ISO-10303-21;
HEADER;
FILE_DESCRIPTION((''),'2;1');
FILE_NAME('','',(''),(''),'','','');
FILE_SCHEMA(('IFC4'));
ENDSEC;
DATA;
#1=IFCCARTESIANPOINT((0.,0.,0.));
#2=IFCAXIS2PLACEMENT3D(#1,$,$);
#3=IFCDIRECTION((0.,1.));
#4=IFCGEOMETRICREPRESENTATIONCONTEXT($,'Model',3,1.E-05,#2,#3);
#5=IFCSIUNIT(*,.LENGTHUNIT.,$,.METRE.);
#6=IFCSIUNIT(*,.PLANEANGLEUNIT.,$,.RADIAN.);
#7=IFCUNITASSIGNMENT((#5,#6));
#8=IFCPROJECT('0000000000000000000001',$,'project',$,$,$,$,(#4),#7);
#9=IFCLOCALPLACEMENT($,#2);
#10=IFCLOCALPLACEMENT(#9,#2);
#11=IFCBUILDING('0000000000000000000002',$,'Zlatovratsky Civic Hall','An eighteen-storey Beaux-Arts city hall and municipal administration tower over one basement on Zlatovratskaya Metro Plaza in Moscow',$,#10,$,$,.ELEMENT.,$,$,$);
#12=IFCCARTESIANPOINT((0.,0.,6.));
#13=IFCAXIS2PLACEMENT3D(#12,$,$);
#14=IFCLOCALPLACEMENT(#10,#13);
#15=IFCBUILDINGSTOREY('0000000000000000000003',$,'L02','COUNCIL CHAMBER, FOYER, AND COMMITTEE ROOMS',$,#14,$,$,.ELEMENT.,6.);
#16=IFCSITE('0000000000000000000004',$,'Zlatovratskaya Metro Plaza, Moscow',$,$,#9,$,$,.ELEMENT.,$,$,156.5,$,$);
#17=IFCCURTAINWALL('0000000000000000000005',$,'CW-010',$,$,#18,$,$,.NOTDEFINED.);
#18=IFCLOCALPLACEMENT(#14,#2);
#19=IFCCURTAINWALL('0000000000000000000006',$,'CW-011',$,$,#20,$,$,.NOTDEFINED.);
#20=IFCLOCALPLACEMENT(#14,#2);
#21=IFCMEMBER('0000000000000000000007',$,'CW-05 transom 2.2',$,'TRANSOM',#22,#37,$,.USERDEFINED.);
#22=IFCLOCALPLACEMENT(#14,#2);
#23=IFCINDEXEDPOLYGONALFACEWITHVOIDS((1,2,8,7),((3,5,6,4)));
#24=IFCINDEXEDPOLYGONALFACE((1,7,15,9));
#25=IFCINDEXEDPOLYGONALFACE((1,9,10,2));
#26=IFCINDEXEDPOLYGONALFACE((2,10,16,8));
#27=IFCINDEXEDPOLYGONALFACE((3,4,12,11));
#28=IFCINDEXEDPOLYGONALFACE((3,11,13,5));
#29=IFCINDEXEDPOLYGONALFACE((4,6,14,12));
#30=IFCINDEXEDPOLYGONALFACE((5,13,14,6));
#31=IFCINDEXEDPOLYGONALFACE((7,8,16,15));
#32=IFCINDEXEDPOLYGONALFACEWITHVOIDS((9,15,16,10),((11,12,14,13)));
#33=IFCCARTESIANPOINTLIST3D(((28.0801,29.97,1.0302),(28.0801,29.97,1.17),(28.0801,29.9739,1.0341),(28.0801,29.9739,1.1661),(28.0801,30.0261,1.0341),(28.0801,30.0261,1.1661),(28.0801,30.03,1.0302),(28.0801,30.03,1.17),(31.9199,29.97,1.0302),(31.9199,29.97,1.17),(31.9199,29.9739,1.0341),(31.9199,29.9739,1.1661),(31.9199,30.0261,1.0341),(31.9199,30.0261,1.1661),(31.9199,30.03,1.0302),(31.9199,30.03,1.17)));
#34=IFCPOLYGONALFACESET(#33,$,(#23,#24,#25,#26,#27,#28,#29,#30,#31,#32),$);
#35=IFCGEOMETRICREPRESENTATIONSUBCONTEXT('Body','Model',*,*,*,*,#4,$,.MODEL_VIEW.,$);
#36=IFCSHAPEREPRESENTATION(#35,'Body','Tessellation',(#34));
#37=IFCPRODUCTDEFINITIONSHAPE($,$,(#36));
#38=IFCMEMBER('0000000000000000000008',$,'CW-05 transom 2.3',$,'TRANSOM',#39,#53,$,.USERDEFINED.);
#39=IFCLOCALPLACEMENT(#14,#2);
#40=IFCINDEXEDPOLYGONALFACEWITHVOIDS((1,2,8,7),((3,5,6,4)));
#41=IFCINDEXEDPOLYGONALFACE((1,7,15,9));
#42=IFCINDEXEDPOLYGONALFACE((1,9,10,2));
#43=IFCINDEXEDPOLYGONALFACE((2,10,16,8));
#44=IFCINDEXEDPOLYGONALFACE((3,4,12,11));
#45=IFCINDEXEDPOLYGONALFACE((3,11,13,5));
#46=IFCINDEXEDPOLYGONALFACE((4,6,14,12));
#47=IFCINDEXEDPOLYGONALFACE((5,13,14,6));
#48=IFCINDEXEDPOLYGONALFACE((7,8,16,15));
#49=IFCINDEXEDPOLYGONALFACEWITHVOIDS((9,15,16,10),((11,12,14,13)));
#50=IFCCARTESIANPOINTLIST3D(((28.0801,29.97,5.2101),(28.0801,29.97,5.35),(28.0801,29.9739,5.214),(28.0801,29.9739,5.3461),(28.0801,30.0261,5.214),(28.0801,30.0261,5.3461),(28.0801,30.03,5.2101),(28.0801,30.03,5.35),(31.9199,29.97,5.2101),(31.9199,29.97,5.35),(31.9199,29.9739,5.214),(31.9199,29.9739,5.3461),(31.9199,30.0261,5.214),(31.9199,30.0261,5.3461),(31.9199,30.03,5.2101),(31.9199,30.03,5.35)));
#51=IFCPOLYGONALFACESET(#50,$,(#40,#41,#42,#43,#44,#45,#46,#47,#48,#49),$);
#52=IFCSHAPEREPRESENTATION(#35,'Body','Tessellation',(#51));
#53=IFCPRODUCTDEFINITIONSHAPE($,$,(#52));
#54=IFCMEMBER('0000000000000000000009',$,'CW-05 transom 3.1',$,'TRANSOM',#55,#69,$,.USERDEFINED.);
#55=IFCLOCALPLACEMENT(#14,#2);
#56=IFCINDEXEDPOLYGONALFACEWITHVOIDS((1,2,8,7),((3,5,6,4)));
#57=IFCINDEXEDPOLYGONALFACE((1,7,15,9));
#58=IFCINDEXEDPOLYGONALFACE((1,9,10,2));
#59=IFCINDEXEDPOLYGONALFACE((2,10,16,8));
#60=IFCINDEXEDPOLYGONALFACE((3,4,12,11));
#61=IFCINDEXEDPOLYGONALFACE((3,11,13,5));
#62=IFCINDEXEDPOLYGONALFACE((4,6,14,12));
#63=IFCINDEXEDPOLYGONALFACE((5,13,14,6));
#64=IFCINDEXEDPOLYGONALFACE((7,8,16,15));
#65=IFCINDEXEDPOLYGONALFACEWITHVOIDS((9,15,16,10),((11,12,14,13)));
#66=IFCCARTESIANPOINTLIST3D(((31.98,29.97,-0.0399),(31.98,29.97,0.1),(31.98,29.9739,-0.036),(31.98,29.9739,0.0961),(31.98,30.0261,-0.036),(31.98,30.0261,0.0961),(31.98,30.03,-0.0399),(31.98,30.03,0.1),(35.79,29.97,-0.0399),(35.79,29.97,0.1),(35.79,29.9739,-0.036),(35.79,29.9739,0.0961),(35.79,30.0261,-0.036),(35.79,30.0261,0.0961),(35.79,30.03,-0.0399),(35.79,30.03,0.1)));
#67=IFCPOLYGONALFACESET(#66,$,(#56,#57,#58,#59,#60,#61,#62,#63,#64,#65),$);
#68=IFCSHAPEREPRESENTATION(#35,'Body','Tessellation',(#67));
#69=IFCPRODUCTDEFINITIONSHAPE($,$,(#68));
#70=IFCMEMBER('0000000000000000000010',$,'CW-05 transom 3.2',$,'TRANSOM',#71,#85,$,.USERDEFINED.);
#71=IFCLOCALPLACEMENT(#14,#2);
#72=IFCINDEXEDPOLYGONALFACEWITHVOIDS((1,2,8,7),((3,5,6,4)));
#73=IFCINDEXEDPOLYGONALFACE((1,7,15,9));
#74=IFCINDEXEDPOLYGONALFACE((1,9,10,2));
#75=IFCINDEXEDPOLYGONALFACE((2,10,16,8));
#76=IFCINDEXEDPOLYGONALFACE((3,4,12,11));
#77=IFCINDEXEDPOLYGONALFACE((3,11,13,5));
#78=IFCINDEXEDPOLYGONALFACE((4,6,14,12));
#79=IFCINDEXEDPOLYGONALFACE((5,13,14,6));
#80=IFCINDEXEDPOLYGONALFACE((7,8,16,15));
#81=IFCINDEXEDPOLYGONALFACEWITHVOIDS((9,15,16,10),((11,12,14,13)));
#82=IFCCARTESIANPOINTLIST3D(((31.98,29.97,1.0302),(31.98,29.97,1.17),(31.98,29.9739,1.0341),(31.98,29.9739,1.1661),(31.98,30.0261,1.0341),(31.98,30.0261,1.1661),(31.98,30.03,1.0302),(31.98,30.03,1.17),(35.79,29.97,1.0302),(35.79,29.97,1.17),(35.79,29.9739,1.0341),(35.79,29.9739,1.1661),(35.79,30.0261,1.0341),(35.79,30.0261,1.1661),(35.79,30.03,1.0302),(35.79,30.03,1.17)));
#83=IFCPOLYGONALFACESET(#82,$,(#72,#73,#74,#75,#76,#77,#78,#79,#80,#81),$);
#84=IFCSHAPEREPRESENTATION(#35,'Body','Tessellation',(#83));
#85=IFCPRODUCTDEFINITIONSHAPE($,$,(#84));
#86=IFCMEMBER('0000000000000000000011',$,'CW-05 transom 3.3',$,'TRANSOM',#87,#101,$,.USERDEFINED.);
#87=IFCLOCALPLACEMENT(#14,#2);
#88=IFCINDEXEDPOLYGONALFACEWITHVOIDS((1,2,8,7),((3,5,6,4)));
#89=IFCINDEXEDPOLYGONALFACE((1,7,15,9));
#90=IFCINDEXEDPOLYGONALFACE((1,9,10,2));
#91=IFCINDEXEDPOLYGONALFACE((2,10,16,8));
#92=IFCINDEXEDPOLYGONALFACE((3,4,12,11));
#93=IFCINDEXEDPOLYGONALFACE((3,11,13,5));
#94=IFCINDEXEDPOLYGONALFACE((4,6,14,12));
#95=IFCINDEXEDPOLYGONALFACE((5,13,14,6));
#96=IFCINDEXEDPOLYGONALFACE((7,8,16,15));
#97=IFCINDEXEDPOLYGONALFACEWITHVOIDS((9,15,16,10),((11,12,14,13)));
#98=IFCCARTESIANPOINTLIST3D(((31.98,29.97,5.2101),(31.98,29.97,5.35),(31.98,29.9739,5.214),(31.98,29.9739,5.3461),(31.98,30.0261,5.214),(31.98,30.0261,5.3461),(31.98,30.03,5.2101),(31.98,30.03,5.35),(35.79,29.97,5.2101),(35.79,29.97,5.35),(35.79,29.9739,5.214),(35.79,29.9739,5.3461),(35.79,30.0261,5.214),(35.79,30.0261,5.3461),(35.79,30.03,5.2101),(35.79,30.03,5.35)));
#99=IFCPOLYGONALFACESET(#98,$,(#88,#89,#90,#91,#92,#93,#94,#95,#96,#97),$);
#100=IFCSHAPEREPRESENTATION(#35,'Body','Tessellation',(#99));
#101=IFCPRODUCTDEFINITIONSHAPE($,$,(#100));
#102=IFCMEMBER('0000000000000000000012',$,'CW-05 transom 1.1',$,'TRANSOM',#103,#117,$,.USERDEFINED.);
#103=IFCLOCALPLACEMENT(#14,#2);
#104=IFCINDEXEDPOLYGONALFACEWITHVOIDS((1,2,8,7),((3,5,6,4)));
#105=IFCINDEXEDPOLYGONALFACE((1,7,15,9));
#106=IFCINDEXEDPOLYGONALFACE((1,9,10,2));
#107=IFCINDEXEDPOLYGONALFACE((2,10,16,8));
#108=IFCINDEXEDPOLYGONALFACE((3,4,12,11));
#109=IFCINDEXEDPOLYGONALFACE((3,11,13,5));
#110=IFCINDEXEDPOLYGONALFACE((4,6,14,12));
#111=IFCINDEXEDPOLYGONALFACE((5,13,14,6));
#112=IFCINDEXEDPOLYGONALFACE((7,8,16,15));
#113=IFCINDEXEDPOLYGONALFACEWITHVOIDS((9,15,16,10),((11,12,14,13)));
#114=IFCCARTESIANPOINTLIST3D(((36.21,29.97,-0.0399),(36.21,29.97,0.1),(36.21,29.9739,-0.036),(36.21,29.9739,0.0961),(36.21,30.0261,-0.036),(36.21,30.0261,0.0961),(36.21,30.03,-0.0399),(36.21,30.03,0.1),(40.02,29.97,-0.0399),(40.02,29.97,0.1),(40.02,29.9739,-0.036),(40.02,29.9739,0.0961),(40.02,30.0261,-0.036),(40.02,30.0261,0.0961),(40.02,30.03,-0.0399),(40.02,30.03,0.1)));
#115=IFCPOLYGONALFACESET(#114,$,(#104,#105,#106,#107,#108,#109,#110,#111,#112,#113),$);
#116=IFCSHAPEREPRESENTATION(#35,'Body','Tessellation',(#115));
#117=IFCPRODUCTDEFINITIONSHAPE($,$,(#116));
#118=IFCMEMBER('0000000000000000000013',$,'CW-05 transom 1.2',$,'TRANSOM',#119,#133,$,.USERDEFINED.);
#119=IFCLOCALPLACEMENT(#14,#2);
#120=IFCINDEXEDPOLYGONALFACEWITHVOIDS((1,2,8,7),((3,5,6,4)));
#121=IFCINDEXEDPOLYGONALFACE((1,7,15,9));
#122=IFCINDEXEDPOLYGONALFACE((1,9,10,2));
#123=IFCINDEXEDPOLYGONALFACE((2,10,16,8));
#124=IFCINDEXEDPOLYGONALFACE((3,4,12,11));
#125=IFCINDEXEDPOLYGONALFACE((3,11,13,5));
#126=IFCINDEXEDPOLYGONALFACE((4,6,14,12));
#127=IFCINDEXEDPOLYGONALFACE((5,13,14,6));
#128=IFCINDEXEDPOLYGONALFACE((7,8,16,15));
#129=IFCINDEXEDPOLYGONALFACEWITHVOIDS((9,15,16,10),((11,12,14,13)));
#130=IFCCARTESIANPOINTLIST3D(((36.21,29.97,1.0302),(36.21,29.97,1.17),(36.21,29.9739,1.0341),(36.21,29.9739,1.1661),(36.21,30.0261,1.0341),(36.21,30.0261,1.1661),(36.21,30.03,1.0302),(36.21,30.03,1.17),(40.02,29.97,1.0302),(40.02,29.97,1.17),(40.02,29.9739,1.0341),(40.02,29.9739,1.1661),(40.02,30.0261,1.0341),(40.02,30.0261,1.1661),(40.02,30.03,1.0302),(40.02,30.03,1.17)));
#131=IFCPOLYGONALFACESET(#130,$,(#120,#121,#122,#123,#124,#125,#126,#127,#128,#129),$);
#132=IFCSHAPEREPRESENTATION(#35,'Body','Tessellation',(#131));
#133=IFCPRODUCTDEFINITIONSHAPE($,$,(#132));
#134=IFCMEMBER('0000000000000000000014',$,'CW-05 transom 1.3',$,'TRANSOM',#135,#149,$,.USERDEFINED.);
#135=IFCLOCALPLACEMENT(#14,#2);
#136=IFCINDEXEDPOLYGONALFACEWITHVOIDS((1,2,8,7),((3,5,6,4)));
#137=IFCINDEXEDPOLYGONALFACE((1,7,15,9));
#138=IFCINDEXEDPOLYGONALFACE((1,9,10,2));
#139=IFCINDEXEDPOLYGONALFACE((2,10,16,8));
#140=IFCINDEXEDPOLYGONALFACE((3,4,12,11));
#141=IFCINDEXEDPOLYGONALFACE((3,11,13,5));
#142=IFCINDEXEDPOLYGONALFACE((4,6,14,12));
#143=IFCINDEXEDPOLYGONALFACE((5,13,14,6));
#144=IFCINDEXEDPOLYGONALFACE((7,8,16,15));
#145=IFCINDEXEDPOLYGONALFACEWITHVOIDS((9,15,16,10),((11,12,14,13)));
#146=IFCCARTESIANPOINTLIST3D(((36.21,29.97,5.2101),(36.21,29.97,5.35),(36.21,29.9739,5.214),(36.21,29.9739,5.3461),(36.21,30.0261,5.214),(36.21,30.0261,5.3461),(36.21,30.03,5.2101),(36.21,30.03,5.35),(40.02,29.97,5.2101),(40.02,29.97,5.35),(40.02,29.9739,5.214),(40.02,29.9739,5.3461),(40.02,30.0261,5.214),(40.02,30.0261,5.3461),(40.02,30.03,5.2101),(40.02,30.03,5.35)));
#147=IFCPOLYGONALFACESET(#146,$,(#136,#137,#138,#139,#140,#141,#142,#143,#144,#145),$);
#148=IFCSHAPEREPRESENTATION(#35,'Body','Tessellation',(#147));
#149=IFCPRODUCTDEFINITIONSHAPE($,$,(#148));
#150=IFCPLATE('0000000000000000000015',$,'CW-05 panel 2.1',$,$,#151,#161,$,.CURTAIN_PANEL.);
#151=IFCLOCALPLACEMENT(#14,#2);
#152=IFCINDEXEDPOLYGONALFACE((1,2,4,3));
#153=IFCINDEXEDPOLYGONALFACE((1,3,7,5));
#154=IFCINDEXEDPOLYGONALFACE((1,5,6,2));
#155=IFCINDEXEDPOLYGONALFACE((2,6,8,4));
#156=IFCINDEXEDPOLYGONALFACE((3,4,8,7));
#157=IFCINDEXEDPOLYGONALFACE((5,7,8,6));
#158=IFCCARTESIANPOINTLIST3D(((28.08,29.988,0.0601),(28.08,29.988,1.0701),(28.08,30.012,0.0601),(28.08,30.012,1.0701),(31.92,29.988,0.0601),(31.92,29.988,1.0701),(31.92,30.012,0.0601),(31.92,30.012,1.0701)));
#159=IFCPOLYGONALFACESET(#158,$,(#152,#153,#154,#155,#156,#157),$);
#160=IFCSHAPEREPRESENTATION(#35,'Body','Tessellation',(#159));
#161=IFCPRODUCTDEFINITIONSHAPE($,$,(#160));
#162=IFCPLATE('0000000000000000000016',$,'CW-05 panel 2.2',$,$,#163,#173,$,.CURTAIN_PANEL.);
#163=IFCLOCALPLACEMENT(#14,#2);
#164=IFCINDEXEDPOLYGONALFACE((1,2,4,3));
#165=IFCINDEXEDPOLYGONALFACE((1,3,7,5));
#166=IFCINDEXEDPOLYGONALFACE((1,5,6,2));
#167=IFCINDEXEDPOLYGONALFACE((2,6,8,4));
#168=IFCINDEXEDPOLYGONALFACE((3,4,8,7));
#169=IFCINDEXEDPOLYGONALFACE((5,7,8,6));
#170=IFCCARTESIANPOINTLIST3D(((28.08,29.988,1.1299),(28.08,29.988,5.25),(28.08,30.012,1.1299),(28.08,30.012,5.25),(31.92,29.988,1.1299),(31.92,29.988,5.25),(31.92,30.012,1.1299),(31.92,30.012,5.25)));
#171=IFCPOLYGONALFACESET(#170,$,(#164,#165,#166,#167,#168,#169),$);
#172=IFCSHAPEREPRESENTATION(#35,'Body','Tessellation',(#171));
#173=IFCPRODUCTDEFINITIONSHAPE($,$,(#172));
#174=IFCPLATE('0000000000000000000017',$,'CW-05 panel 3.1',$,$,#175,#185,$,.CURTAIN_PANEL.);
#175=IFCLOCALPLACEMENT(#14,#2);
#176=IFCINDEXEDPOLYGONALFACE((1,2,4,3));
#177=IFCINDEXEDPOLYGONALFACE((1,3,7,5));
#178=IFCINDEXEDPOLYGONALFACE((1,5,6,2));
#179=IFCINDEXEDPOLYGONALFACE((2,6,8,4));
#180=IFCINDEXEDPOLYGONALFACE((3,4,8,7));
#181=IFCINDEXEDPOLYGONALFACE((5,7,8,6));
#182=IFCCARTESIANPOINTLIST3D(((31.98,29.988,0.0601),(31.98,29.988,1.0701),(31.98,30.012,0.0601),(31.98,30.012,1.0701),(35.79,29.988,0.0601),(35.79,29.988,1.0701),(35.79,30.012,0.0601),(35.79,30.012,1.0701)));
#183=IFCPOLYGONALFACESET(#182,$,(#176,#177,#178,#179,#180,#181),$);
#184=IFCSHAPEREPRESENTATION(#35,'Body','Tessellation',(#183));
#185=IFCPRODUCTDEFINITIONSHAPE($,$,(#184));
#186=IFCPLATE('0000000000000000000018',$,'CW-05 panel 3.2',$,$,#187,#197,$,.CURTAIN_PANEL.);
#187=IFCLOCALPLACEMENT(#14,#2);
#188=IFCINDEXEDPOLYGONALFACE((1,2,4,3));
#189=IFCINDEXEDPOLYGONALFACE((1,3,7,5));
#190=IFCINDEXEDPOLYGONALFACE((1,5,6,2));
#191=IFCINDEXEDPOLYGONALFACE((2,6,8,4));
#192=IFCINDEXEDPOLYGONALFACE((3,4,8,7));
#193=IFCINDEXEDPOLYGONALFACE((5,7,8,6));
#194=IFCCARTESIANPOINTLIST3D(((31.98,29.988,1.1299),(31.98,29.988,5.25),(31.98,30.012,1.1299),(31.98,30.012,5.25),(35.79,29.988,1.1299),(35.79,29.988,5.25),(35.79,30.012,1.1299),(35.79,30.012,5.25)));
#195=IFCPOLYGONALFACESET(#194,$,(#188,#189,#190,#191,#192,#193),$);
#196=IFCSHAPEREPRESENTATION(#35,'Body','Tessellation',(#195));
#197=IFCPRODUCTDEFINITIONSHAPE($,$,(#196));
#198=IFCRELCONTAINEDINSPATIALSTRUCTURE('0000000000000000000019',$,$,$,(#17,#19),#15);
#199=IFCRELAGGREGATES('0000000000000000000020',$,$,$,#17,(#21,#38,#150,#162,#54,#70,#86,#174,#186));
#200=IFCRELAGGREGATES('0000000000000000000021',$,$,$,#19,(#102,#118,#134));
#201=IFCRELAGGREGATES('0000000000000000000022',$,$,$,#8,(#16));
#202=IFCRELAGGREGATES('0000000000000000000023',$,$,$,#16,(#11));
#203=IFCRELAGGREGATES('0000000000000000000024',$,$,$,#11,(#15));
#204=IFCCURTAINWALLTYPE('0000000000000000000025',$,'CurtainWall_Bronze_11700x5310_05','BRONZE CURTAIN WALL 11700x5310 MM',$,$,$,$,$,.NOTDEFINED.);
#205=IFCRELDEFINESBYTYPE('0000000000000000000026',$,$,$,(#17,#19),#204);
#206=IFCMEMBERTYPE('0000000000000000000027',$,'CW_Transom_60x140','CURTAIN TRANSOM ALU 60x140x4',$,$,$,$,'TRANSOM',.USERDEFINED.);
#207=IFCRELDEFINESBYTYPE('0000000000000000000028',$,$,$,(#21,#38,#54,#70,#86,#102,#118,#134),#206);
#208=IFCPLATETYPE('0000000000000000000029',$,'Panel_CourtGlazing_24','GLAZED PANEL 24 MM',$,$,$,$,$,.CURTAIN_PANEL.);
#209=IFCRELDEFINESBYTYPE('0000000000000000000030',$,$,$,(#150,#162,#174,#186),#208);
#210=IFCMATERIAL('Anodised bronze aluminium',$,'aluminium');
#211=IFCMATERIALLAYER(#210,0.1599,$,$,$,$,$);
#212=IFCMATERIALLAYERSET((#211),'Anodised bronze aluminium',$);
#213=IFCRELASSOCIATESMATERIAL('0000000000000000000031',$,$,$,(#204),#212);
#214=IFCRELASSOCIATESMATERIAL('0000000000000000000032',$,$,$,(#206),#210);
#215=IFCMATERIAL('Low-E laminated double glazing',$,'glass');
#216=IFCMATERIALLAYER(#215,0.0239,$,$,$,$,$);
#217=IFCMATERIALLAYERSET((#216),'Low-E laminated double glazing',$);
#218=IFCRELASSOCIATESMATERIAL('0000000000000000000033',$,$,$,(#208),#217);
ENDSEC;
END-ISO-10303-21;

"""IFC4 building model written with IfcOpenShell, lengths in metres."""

from ifc_helpers import new_model, si_unit, direction, frame, origin, origin_2d, place, context, subcontext, project, spatial, rectangle, hollow_rectangle, extrude, material, layer, layer_set, material_profile, profile_set, type_object, element, aggregate, save


model = new_model("IFC4")

# Units and contexts
model_context = context("Model", 3, precision=1e-05, world=origin(), true_north=direction((0.0, 1.0)))
body_context = subcontext(model_context, "Body", "Model", "MODEL_VIEW")
ifc_project = project(units=[si_unit("LENGTHUNIT", "METRE"), si_unit("PLANEANGLEUNIT", "RADIAN")], contexts=[model_context])

# Site, building, storey
site_placement = place(None, origin())
site = spatial("IfcSite", under=ifc_project, at=site_placement, Name="Zlatovratskaya Metro Plaza, Moscow", CompositionType="ELEMENT", RefElevation=156.5)
building_placement = place(site_placement, origin())
building = spatial("IfcBuilding", under=site, at=building_placement, Name="Zlatovratsky Civic Hall", Description="An eighteen-storey Beaux-Arts city hall and municipal administration tower over one basement on Zlatovratskaya Metro Plaza in Moscow", CompositionType="ELEMENT")
storey_placement = place(building_placement, frame((0.0, 0.0, 6.0)))
storey = spatial("IfcBuildingStorey", under=building, at=storey_placement, Name="L02", Description="COUNCIL CHAMBER, FOYER, AND COMMITTEE ROOMS", CompositionType="ELEMENT", Elevation=6.0)

# Curtain walls
ifc_material_1 = material(Name="Anodised bronze aluminium", Category="aluminium")
ifc_layer_1 = layer(ifc_material_1, 0.1599)
ifc_layer_set_1 = layer_set([ifc_layer_1], Name="Anodised bronze aluminium")
curtain_wall_type_1 = type_object("IfcCurtainWallType", Name="CurtainWall_Bronze_11700x5310_05", Description="BRONZE CURTAIN WALL 11700x5310 MM", PredefinedType="NOTDEFINED", material=ifc_layer_set_1)
curtain_wall_1_placement = place(storey_placement, origin())
curtain_wall_1 = element("IfcCurtainWall", 1, at=curtain_wall_1_placement, inside=storey, type_object=curtain_wall_type_1, Name="CW-010", PredefinedType="NOTDEFINED")
curtain_wall_2_placement = place(storey_placement, origin())
curtain_wall_2 = element("IfcCurtainWall", 2, at=curtain_wall_2_placement, inside=storey, type_object=curtain_wall_type_1, Name="CW-011", PredefinedType="NOTDEFINED")

# Members
ifc_material_profile_1 = material_profile(ifc_material_1, hollow_rectangle(XDim=0.0601, YDim=0.1399, WallThickness=0.0039, at=origin_2d()), Name="ALU 60x140x4")
ifc_profile_set_1 = profile_set([ifc_material_profile_1], Name="Anodised bronze aluminium")
member_type_1 = type_object("IfcMemberType", Name="CW_Transom_60x140", Description="CURTAIN TRANSOM ALU 60x140x4", ElementType="TRANSOM", PredefinedType="USERDEFINED", material=ifc_profile_set_1)
member_1_placement = place(storey_placement, frame((28.0801, 30.0, 1.1001), z_axis=(1.0, 0.0, 0.0), x_axis=(0.0, 1.0, 0.0)))
member_1 = element("IfcMember", 3, at=member_1_placement, type_object=member_type_1, Name="CW-05 transom 2.2", ObjectType="TRANSOM", PredefinedType="USERDEFINED", context=body_context, shape_type="SweptSolid", body=[
    extrude(hollow_rectangle(XDim=0.0601, YDim=0.1399, WallThickness=0.0039, at=origin_2d()), origin(), (0.0, 0.0, 1.0), 3.8398),
])
member_2_placement = place(storey_placement, frame((28.0801, 30.0, 5.28), z_axis=(1.0, 0.0, 0.0), x_axis=(0.0, 1.0, 0.0)))
member_2 = element("IfcMember", 4, at=member_2_placement, type_object=member_type_1, Name="CW-05 transom 2.3", ObjectType="TRANSOM", PredefinedType="USERDEFINED", context=body_context, shape_type="SweptSolid", body=[
    extrude(hollow_rectangle(XDim=0.0601, YDim=0.1399, WallThickness=0.0039, at=origin_2d()), origin(), (0.0, 0.0, 1.0), 3.8398),
])
member_3_placement = place(storey_placement, frame((31.98, 30.0, 0.03), z_axis=(1.0, 0.0, 0.0), x_axis=(0.0, 1.0, 0.0)))
member_3 = element("IfcMember", 5, at=member_3_placement, type_object=member_type_1, Name="CW-05 transom 3.1", ObjectType="TRANSOM", PredefinedType="USERDEFINED", context=body_context, shape_type="SweptSolid", body=[
    extrude(hollow_rectangle(XDim=0.0601, YDim=0.1399, WallThickness=0.0039, at=origin_2d()), origin(), (0.0, 0.0, 1.0), 3.8101),
])
member_4_placement = place(storey_placement, frame((31.98, 30.0, 1.1001), z_axis=(1.0, 0.0, 0.0), x_axis=(0.0, 1.0, 0.0)))
member_4 = element("IfcMember", 6, at=member_4_placement, type_object=member_type_1, Name="CW-05 transom 3.2", ObjectType="TRANSOM", PredefinedType="USERDEFINED", context=body_context, shape_type="SweptSolid", body=[
    extrude(hollow_rectangle(XDim=0.0601, YDim=0.1399, WallThickness=0.0039, at=origin_2d()), origin(), (0.0, 0.0, 1.0), 3.8101),
])
member_5_placement = place(storey_placement, frame((31.98, 30.0, 5.28), z_axis=(1.0, 0.0, 0.0), x_axis=(0.0, 1.0, 0.0)))
member_5 = element("IfcMember", 7, at=member_5_placement, type_object=member_type_1, Name="CW-05 transom 3.3", ObjectType="TRANSOM", PredefinedType="USERDEFINED", context=body_context, shape_type="SweptSolid", body=[
    extrude(hollow_rectangle(XDim=0.0601, YDim=0.1399, WallThickness=0.0039, at=origin_2d()), origin(), (0.0, 0.0, 1.0), 3.8101),
])
member_6_placement = place(storey_placement, frame((36.21, 30.0, 0.03), z_axis=(1.0, 0.0, 0.0), x_axis=(0.0, 1.0, 0.0)))
member_6 = element("IfcMember", 8, at=member_6_placement, type_object=member_type_1, Name="CW-05 transom 1.1", ObjectType="TRANSOM", PredefinedType="USERDEFINED", context=body_context, shape_type="SweptSolid", body=[
    extrude(hollow_rectangle(XDim=0.0601, YDim=0.1399, WallThickness=0.0039, at=origin_2d()), origin(), (0.0, 0.0, 1.0), 3.8101),
])
member_7_placement = place(storey_placement, frame((36.21, 30.0, 1.1001), z_axis=(1.0, 0.0, 0.0), x_axis=(0.0, 1.0, 0.0)))
member_7 = element("IfcMember", 9, at=member_7_placement, type_object=member_type_1, Name="CW-05 transom 1.2", ObjectType="TRANSOM", PredefinedType="USERDEFINED", context=body_context, shape_type="SweptSolid", body=[
    extrude(hollow_rectangle(XDim=0.0601, YDim=0.1399, WallThickness=0.0039, at=origin_2d()), origin(), (0.0, 0.0, 1.0), 3.8101),
])
member_8_placement = place(storey_placement, frame((36.21, 30.0, 5.28), z_axis=(1.0, 0.0, 0.0), x_axis=(0.0, 1.0, 0.0)))
member_8 = element("IfcMember", 10, at=member_8_placement, type_object=member_type_1, Name="CW-05 transom 1.3", ObjectType="TRANSOM", PredefinedType="USERDEFINED", context=body_context, shape_type="SweptSolid", body=[
    extrude(hollow_rectangle(XDim=0.0601, YDim=0.1399, WallThickness=0.0039, at=origin_2d()), origin(), (0.0, 0.0, 1.0), 3.8101),
])

# Plates
ifc_material_2 = material(Name="Low-E laminated double glazing", Category="glass")
ifc_layer_2 = layer(ifc_material_2, 0.0239)
ifc_layer_set_2 = layer_set([ifc_layer_2], Name="Low-E laminated double glazing")
plate_type = type_object("IfcPlateType", Name="Panel_CourtGlazing_24", Description="GLAZED PANEL 24 MM", PredefinedType="CURTAIN_PANEL", material=ifc_layer_set_2)
plate_1_placement = place(storey_placement, frame((30.0, 30.0, 0.0601), z_axis=(0.0, 0.0, 1.0), x_axis=(1.0, 0.0, 0.0)))
plate_1 = element("IfcPlate", 11, at=plate_1_placement, type_object=plate_type, Name="CW-05 panel 2.1", PredefinedType="CURTAIN_PANEL", context=body_context, shape_type="SweptSolid", body=[
    extrude(rectangle(XDim=3.8401, YDim=0.0239, at=origin_2d()), origin(), (0.0, 0.0, 1.0), 1.01),
])
plate_2_placement = place(storey_placement, frame((30.0, 30.0, 1.1299), z_axis=(0.0, 0.0, 1.0), x_axis=(1.0, 0.0, 0.0)))
plate_2 = element("IfcPlate", 12, at=plate_2_placement, type_object=plate_type, Name="CW-05 panel 2.2", PredefinedType="CURTAIN_PANEL", context=body_context, shape_type="SweptSolid", body=[
    extrude(rectangle(XDim=3.8401, YDim=0.0239, at=origin_2d()), origin(), (0.0, 0.0, 1.0), 4.1201),
])
plate_3_placement = place(storey_placement, frame((33.885, 30.0, 0.0601), z_axis=(0.0, 0.0, 1.0), x_axis=(1.0, 0.0, 0.0)))
plate_3 = element("IfcPlate", 13, at=plate_3_placement, type_object=plate_type, Name="CW-05 panel 3.1", PredefinedType="CURTAIN_PANEL", context=body_context, shape_type="SweptSolid", body=[
    extrude(rectangle(XDim=3.8101, YDim=0.0239, at=origin_2d()), origin(), (0.0, 0.0, 1.0), 1.01),
])
plate_4_placement = place(storey_placement, frame((33.885, 30.0, 1.1299), z_axis=(0.0, 0.0, 1.0), x_axis=(1.0, 0.0, 0.0)))
plate_4 = element("IfcPlate", 14, at=plate_4_placement, type_object=plate_type, Name="CW-05 panel 3.2", PredefinedType="CURTAIN_PANEL", context=body_context, shape_type="SweptSolid", body=[
    extrude(rectangle(XDim=3.8101, YDim=0.0239, at=origin_2d()), origin(), (0.0, 0.0, 1.0), 4.1201),
])
aggregate(curtain_wall_1, [member_1, member_2, plate_1, plate_2, member_3, member_4, member_5, plate_3, plate_4])
aggregate(curtain_wall_2, [member_6, member_7, member_8])

save(model, "model.ifc")
